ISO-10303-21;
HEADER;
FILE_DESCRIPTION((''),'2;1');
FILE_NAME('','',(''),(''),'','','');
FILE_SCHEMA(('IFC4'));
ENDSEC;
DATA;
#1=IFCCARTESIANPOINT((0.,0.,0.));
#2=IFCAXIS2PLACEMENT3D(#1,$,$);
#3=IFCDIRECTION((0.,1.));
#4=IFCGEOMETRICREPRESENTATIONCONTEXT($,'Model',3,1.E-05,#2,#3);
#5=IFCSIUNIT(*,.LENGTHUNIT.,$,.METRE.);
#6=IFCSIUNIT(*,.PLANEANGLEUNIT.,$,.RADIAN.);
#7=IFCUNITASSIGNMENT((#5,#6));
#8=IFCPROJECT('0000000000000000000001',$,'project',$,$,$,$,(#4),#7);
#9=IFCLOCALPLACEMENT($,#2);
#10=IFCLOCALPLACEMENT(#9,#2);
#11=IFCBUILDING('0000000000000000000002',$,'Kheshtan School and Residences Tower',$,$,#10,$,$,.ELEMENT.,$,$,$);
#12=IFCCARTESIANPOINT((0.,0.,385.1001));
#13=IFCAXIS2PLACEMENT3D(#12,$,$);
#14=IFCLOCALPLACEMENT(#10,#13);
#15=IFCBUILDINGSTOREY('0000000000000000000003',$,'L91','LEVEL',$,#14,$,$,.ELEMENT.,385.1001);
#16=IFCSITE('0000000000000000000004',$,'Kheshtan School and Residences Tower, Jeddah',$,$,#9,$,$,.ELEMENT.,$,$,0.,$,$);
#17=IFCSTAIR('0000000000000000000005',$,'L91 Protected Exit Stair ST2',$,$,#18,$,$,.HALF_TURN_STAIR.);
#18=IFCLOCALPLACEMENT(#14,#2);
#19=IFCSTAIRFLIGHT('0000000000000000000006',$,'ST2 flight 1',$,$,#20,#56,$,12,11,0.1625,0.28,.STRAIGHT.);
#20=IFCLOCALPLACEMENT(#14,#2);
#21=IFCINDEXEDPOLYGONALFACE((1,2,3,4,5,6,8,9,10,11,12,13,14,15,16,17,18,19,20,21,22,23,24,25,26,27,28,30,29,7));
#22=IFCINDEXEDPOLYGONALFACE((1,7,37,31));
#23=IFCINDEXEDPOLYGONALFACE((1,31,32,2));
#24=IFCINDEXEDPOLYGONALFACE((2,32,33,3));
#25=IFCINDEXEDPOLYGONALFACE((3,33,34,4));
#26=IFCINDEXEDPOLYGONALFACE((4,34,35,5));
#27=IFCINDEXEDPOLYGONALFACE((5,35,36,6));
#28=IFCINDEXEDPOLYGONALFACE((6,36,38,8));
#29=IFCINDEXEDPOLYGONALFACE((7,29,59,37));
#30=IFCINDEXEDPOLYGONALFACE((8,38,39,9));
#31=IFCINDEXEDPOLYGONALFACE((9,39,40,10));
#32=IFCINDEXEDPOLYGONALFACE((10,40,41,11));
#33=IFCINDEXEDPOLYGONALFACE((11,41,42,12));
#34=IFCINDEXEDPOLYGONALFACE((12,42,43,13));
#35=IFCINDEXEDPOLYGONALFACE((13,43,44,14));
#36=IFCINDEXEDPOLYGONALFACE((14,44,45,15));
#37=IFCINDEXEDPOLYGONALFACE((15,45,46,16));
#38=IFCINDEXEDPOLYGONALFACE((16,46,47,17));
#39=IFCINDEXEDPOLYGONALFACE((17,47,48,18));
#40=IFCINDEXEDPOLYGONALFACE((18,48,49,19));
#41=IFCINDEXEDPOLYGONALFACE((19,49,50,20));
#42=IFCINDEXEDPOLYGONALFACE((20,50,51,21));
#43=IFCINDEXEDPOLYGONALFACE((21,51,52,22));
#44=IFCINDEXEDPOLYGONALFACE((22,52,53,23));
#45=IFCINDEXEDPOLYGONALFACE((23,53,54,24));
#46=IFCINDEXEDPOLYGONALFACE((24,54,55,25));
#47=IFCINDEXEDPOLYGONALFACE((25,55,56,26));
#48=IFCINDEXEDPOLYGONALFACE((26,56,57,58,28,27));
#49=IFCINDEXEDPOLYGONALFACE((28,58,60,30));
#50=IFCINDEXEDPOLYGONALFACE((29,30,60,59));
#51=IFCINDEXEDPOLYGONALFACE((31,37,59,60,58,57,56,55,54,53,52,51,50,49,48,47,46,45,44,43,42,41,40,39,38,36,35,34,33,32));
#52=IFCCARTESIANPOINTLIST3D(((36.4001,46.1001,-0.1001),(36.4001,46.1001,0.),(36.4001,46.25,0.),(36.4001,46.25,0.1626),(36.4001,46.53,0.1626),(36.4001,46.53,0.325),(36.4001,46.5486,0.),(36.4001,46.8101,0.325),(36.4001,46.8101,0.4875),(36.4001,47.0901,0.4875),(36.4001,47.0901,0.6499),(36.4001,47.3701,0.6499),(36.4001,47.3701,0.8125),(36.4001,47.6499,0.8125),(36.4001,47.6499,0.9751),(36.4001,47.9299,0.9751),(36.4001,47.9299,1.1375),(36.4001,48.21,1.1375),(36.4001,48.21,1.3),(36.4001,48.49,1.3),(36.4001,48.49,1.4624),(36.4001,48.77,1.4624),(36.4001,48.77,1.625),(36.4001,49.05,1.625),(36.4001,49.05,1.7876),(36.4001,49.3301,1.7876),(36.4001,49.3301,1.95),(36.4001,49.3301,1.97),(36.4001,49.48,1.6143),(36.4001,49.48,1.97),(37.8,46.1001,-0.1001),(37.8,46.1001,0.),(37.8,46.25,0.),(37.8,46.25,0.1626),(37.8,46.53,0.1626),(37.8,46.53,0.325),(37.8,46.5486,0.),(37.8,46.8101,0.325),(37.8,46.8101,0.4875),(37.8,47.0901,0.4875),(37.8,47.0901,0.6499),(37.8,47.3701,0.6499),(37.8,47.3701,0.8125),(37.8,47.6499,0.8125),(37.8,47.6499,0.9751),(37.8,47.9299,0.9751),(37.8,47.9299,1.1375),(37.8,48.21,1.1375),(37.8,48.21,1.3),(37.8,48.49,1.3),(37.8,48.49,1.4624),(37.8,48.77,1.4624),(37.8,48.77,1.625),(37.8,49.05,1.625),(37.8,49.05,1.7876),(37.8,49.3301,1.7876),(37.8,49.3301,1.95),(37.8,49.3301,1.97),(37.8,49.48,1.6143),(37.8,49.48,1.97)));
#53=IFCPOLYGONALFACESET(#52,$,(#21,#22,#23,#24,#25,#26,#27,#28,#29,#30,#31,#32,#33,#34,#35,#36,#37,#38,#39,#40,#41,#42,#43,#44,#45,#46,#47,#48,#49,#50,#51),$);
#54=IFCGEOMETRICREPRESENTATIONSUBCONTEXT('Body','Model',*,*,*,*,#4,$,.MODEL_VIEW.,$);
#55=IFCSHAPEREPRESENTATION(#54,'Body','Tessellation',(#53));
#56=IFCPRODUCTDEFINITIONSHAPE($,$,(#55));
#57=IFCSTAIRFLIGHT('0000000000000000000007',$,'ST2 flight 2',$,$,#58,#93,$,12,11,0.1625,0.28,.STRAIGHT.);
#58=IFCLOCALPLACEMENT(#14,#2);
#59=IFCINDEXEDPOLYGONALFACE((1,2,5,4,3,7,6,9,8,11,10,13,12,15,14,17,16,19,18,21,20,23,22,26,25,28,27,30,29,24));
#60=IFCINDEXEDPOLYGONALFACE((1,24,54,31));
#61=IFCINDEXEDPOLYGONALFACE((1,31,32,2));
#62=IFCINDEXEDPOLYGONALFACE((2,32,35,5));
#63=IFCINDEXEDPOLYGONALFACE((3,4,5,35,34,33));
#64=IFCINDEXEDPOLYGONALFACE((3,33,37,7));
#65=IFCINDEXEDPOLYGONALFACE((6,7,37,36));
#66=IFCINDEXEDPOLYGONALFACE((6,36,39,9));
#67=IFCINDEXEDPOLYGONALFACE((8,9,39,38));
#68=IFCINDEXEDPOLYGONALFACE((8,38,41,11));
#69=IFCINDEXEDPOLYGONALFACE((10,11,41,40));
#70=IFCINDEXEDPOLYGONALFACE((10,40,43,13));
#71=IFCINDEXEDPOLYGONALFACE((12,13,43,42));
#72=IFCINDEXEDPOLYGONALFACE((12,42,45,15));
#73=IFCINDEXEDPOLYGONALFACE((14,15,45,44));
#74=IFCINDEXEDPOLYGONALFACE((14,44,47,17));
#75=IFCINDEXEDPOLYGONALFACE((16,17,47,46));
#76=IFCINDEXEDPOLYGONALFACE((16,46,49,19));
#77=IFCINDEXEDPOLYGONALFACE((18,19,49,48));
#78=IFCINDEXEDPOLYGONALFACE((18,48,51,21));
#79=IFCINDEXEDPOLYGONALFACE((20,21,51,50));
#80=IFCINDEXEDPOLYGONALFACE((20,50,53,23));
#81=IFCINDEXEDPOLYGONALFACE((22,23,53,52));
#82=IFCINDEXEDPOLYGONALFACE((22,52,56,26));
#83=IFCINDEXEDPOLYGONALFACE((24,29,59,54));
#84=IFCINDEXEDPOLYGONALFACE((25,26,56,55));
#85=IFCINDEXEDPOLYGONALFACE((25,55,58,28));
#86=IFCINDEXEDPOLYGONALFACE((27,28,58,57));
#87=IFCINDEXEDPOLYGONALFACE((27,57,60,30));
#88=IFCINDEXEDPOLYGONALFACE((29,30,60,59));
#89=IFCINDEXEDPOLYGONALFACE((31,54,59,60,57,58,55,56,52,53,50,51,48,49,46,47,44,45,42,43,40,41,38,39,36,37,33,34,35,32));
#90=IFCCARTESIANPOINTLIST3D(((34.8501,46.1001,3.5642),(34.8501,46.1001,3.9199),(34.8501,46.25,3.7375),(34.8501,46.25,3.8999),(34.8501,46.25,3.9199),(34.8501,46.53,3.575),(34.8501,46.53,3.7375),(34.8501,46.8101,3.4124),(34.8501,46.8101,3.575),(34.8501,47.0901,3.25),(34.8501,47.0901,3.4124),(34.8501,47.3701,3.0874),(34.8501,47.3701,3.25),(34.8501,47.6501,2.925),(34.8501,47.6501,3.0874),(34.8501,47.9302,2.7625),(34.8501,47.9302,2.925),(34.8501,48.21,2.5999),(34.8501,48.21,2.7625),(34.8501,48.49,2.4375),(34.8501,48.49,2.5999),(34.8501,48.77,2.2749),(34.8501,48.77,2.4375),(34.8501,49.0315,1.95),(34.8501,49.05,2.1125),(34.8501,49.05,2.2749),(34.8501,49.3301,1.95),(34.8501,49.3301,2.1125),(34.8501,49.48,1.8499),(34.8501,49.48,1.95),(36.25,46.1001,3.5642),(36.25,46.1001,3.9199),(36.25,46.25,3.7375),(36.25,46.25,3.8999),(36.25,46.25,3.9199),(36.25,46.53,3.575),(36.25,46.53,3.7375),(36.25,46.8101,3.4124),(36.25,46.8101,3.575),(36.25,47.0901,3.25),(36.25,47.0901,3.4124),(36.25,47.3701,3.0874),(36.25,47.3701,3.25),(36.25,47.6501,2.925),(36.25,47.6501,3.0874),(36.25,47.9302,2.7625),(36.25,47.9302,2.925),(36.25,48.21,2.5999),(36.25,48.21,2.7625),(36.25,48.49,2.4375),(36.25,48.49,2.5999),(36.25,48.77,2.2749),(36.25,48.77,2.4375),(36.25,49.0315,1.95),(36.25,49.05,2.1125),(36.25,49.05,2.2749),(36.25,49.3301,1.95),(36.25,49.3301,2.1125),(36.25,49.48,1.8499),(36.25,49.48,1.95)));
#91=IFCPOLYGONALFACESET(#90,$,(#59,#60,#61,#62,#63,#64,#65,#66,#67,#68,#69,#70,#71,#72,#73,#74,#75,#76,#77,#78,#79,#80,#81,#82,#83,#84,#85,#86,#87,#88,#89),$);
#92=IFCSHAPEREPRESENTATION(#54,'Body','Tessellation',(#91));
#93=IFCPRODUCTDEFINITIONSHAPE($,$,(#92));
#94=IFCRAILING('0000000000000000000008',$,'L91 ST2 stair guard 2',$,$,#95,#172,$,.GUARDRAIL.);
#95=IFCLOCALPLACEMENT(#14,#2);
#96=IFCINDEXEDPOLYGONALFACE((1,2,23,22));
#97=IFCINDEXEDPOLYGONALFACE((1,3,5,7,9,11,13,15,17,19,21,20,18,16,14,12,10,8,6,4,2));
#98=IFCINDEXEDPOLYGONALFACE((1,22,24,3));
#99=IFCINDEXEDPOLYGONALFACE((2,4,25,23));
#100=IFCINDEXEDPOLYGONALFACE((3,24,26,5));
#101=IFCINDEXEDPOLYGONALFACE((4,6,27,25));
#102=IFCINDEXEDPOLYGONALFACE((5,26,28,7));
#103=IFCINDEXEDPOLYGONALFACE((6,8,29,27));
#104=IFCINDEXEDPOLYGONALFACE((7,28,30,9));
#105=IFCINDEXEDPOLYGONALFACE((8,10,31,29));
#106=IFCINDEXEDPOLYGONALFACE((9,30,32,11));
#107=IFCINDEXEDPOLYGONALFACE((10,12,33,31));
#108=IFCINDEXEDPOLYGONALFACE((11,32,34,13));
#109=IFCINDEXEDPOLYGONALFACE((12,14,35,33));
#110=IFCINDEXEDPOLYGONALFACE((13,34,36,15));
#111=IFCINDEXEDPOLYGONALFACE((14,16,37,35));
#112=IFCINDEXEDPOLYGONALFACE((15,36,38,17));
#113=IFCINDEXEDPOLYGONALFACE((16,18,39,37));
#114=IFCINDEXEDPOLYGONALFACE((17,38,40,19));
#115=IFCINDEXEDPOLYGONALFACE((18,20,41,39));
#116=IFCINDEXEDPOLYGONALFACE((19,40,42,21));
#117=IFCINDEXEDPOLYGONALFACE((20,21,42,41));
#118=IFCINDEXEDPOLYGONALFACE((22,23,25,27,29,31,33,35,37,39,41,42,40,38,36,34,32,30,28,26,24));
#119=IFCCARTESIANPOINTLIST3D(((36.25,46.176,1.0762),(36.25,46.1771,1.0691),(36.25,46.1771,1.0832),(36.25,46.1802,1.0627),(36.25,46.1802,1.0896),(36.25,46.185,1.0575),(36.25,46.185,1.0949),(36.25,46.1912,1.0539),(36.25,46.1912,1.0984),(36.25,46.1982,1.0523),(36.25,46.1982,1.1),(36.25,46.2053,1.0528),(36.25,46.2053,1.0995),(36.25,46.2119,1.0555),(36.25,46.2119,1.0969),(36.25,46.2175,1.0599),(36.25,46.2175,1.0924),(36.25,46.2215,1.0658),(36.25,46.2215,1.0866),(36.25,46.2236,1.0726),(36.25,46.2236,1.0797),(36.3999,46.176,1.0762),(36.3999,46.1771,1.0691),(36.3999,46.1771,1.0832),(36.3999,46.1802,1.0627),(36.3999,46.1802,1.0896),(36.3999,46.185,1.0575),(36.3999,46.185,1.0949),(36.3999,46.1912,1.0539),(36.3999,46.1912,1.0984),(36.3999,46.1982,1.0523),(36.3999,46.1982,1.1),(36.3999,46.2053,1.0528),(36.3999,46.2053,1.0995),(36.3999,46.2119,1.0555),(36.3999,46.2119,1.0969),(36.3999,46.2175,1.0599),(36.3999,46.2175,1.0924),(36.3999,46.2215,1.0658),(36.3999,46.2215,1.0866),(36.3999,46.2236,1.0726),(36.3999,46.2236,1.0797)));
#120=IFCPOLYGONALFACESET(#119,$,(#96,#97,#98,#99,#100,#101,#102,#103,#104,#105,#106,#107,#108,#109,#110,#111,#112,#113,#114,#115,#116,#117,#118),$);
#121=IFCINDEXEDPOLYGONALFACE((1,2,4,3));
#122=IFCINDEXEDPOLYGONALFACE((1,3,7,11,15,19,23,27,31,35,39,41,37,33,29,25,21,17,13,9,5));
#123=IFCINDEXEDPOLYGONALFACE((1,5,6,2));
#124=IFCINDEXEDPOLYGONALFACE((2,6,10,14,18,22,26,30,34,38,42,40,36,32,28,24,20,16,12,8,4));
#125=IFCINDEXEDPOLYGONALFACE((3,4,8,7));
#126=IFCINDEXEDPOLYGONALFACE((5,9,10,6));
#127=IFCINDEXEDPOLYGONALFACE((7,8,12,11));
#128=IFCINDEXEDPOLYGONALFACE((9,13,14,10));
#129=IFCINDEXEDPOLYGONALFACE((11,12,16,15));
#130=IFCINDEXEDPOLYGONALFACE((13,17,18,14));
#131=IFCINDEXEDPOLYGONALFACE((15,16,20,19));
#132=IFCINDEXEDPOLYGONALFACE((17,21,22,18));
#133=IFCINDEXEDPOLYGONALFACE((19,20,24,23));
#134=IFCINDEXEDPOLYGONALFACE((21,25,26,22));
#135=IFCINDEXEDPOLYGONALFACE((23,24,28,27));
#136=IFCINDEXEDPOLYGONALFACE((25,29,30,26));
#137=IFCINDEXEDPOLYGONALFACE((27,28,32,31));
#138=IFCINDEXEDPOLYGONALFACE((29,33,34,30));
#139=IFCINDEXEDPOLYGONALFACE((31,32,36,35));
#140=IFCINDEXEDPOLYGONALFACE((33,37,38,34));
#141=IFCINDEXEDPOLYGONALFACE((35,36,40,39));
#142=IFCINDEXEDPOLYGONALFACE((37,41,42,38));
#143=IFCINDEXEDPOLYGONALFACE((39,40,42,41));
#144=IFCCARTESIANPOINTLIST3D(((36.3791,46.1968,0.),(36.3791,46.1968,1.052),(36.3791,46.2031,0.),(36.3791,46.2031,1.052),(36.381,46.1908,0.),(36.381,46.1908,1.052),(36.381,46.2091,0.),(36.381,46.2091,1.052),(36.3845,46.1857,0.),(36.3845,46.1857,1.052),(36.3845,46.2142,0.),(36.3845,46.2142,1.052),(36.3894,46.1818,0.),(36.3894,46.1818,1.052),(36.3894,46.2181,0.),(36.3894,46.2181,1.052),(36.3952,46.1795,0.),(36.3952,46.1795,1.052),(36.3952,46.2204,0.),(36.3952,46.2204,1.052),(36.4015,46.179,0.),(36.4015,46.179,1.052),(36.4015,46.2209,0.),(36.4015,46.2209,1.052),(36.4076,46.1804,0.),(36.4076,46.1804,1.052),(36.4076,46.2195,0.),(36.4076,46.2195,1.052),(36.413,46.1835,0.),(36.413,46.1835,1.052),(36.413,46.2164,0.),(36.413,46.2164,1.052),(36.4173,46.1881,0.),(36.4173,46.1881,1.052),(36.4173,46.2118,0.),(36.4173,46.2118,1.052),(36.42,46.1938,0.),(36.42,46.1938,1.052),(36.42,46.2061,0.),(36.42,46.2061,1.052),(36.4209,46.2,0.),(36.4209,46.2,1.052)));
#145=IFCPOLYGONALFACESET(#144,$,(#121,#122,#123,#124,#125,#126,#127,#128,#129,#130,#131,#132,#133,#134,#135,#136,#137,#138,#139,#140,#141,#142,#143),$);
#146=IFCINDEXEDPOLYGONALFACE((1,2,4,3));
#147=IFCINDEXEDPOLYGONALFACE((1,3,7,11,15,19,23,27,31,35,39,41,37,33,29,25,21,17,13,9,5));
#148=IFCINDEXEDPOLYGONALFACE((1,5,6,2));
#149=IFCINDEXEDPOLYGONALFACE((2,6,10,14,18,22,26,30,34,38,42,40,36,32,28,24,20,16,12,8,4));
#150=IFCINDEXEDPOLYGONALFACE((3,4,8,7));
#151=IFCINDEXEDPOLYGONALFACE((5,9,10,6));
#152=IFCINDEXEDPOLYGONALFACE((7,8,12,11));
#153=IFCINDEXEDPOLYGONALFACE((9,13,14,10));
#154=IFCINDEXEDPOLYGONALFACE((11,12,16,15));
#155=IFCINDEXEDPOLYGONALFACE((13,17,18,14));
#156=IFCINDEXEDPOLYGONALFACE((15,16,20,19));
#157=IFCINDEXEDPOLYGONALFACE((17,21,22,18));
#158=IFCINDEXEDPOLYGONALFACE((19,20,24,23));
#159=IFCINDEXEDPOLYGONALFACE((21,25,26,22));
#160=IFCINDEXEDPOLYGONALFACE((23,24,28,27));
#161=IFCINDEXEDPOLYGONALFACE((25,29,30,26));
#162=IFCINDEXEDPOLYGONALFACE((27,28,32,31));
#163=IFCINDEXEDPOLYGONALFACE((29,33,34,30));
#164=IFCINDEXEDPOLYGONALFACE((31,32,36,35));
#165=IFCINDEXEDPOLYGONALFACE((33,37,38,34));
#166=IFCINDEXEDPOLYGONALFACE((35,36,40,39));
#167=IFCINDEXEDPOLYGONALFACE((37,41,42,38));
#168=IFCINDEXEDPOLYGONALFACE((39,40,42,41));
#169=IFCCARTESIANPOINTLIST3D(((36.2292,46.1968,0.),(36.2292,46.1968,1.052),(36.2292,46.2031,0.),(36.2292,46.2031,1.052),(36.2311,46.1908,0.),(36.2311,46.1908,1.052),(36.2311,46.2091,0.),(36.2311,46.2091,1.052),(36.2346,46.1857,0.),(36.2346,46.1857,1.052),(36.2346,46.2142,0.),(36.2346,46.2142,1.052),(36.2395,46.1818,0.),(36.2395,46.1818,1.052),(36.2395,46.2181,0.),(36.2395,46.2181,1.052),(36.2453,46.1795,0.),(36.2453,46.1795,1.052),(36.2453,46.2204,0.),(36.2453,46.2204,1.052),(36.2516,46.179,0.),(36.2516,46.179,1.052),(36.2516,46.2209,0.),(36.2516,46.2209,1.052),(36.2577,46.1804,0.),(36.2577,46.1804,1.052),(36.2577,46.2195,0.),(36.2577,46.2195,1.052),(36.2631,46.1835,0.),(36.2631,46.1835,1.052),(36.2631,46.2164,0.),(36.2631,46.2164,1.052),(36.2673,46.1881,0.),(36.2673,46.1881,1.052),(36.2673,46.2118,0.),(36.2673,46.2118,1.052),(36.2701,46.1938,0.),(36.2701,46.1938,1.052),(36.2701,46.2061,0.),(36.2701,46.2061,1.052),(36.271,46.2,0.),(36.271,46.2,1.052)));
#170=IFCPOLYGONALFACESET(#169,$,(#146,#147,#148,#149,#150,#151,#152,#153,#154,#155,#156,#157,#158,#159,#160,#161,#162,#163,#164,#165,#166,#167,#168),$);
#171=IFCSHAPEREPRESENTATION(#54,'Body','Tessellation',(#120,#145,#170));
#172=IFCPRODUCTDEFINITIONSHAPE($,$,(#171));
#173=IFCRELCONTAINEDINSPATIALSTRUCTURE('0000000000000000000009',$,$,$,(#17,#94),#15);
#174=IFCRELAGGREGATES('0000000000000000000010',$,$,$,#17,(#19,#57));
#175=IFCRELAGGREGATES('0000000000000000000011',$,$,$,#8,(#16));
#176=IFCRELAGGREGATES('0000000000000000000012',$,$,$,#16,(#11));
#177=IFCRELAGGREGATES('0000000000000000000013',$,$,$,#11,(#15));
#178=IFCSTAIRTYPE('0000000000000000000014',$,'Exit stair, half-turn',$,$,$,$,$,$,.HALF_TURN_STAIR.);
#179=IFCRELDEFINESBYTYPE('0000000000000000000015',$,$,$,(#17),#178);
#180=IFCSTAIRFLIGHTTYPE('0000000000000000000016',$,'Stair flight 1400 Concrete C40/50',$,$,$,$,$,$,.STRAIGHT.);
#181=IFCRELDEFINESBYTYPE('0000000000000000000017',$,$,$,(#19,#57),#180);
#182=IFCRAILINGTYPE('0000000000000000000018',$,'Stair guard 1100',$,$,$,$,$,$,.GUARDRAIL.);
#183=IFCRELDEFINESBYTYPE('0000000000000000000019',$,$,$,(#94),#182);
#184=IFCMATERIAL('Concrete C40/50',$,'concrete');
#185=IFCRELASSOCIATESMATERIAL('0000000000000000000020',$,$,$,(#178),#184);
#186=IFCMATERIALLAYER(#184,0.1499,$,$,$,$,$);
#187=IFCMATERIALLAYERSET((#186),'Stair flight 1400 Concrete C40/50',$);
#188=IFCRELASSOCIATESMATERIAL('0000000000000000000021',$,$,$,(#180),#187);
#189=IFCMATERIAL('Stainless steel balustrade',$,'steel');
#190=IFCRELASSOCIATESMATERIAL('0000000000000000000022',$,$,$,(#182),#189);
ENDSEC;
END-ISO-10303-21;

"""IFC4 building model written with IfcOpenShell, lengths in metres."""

from ifc_helpers import new_model, si_unit, direction, frame, origin, origin_2d, place, context, subcontext, project, spatial, polyline, circle, outline, extrude, material, layer, layer_set, type_object, element, aggregate, save


model = new_model("IFC4")

# Units and contexts
model_context = context("Model", 3, precision=1e-05, world=origin(), true_north=direction((0.0, 1.0)))
body_context = subcontext(model_context, "Body", "Model", "MODEL_VIEW")
ifc_project = project(units=[si_unit("LENGTHUNIT", "METRE"), si_unit("PLANEANGLEUNIT", "RADIAN")], contexts=[model_context])

# Site, building, storey
site_placement = place(None, origin())
site = spatial("IfcSite", under=ifc_project, at=site_placement, Name="Kheshtan School and Residences Tower, Jeddah", CompositionType="ELEMENT", RefElevation=0.0)
building_placement = place(site_placement, origin())
building = spatial("IfcBuilding", under=site, at=building_placement, Name="Kheshtan School and Residences Tower", CompositionType="ELEMENT")
storey_placement = place(building_placement, frame((0.0, 0.0, 385.1001)))
storey = spatial("IfcBuildingStorey", under=building, at=storey_placement, Name="L91", Description="LEVEL", CompositionType="ELEMENT", Elevation=385.1001)

# Shared definitions
ifc_material_1 = material(Name="Concrete C40/50", Category="concrete")

# Stair, stair flights
stair_type = type_object("IfcStairType", Name="Exit stair, half-turn", PredefinedType="HALF_TURN_STAIR", material=ifc_material_1)
stair_placement = place(storey_placement, origin())
stair = element("IfcStair", 1, at=stair_placement, inside=storey, type_object=stair_type, Name="L91 Protected Exit Stair ST2", PredefinedType="HALF_TURN_STAIR")
ifc_layer_1 = layer(ifc_material_1, 0.1499)
ifc_layer_set_1 = layer_set([ifc_layer_1], Name="Stair flight 1400 Concrete C40/50")
stair_flight_type = type_object("IfcStairFlightType", Name="Stair flight 1400 Concrete C40/50", PredefinedType="STRAIGHT", material=ifc_layer_set_1)
stair_flight_1_placement = place(storey_placement, frame((37.1001, 46.25, 0.0), z_axis=(0.0, 0.0, 1.0), x_axis=(0.0, 1.0, 0.0)))
stair_flight_1 = element("IfcStairFlight", 2, at=stair_flight_1_placement, type_object=stair_flight_type, Name="ST2 flight 1", NumberOfRisers=12, NumberOfTreads=11, PredefinedType="STRAIGHT", RiserHeight=0.1625, TreadLength=0.28, context=body_context, shape_type="SweptSolid", body=[
    extrude(outline(polyline([(-0.1499, -0.1001), (-0.1499, 0.0), (0.0, 0.0), (0.0, 0.1626), (0.28, 0.1626), (0.28, 0.325), (0.5601, 0.325), (0.5601, 0.4875), (0.8401, 0.4875), (0.8401, 0.6499), (1.1201, 0.6499), (1.1201, 0.8125), (1.3999, 0.8125), (1.3999, 0.9751), (1.6799, 0.9751), (1.6799, 1.1375), (1.96, 1.1375), (1.96, 1.3), (2.24, 1.3), (2.24, 1.4624), (2.52, 1.4624), (2.52, 1.625), (2.8, 1.625), (2.8, 1.7876), (3.0801, 1.7876), (3.0801, 1.95), (3.0801, 1.97), (3.23, 1.97), (3.23, 1.6143), (0.2986, 0.0), (-0.1499, -0.1001)])), frame((0.0, 0.7, 0.0), z_axis=(0.0, -1.0, 0.0), x_axis=(1.0, 0.0, 0.0)), (0.0, 0.0, 1.0), 1.3999),
])
stair_flight_2_placement = place(storey_placement, frame((35.55, 49.3301, 1.95), z_axis=(0.0, 0.0, 1.0), x_axis=(0.0, -1.0, 0.0)))
stair_flight_2 = element("IfcStairFlight", 3, at=stair_flight_2_placement, type_object=stair_flight_type, Name="ST2 flight 2", NumberOfRisers=12, NumberOfTreads=11, PredefinedType="STRAIGHT", RiserHeight=0.1625, TreadLength=0.28, context=body_context, shape_type="SweptSolid", body=[
    extrude(outline(polyline([(-0.1499, -0.1001), (-0.1499, 0.0), (0.0, 0.0), (0.0, 0.1626), (0.28, 0.1626), (0.28, 0.325), (0.5601, 0.325), (0.5601, 0.4875), (0.8401, 0.4875), (0.8401, 0.6499), (1.1201, 0.6499), (1.1201, 0.8125), (1.3999, 0.8125), (1.3999, 0.9751), (1.6799, 0.9751), (1.6799, 1.1375), (1.96, 1.1375), (1.96, 1.3), (2.24, 1.3), (2.24, 1.4624), (2.52, 1.4624), (2.52, 1.625), (2.8, 1.625), (2.8, 1.7876), (3.0801, 1.7876), (3.0801, 1.95), (3.0801, 1.97), (3.23, 1.97), (3.23, 1.6143), (0.2986, 0.0), (-0.1499, -0.1001)])), frame((0.0, 0.7, 0.0), z_axis=(0.0, -1.0, 0.0), x_axis=(1.0, 0.0, 0.0)), (0.0, 0.0, 1.0), 1.3999),
])
aggregate(stair, [stair_flight_1, stair_flight_2])

# Railing
ifc_material_2 = material(Name="Stainless steel balustrade", Category="steel")
railing_type_1 = type_object("IfcRailingType", Name="Stair guard 1100", PredefinedType="GUARDRAIL", material=ifc_material_2)
railing_1_placement = place(storey_placement, frame((36.3999, 46.2, 0.0)))
element("IfcRailing", 4, at=railing_1_placement, inside=storey, type_object=railing_type_1, Name="L91 ST2 stair guard 2", PredefinedType="GUARDRAIL", context=body_context, shape_type="SweptSolid", body=[
    extrude(circle(Radius=0.0239, at=origin_2d()), frame((0.0, 0.0, 1.0762), z_axis=(-1.0, 0.0, 0.0), x_axis=(0.0, -1.0, 0.0)), (0.0, 0.0, 1.0), 0.1499),
    extrude(circle(Radius=0.021, at=origin_2d()), origin(), (0.0, 0.0, 1.0), 1.052),
    extrude(circle(Radius=0.021, at=origin_2d()), frame((-0.1499, 0.0, 0.0)), (0.0, 0.0, 1.0), 1.052),
])

save(model, "model.ifc")
